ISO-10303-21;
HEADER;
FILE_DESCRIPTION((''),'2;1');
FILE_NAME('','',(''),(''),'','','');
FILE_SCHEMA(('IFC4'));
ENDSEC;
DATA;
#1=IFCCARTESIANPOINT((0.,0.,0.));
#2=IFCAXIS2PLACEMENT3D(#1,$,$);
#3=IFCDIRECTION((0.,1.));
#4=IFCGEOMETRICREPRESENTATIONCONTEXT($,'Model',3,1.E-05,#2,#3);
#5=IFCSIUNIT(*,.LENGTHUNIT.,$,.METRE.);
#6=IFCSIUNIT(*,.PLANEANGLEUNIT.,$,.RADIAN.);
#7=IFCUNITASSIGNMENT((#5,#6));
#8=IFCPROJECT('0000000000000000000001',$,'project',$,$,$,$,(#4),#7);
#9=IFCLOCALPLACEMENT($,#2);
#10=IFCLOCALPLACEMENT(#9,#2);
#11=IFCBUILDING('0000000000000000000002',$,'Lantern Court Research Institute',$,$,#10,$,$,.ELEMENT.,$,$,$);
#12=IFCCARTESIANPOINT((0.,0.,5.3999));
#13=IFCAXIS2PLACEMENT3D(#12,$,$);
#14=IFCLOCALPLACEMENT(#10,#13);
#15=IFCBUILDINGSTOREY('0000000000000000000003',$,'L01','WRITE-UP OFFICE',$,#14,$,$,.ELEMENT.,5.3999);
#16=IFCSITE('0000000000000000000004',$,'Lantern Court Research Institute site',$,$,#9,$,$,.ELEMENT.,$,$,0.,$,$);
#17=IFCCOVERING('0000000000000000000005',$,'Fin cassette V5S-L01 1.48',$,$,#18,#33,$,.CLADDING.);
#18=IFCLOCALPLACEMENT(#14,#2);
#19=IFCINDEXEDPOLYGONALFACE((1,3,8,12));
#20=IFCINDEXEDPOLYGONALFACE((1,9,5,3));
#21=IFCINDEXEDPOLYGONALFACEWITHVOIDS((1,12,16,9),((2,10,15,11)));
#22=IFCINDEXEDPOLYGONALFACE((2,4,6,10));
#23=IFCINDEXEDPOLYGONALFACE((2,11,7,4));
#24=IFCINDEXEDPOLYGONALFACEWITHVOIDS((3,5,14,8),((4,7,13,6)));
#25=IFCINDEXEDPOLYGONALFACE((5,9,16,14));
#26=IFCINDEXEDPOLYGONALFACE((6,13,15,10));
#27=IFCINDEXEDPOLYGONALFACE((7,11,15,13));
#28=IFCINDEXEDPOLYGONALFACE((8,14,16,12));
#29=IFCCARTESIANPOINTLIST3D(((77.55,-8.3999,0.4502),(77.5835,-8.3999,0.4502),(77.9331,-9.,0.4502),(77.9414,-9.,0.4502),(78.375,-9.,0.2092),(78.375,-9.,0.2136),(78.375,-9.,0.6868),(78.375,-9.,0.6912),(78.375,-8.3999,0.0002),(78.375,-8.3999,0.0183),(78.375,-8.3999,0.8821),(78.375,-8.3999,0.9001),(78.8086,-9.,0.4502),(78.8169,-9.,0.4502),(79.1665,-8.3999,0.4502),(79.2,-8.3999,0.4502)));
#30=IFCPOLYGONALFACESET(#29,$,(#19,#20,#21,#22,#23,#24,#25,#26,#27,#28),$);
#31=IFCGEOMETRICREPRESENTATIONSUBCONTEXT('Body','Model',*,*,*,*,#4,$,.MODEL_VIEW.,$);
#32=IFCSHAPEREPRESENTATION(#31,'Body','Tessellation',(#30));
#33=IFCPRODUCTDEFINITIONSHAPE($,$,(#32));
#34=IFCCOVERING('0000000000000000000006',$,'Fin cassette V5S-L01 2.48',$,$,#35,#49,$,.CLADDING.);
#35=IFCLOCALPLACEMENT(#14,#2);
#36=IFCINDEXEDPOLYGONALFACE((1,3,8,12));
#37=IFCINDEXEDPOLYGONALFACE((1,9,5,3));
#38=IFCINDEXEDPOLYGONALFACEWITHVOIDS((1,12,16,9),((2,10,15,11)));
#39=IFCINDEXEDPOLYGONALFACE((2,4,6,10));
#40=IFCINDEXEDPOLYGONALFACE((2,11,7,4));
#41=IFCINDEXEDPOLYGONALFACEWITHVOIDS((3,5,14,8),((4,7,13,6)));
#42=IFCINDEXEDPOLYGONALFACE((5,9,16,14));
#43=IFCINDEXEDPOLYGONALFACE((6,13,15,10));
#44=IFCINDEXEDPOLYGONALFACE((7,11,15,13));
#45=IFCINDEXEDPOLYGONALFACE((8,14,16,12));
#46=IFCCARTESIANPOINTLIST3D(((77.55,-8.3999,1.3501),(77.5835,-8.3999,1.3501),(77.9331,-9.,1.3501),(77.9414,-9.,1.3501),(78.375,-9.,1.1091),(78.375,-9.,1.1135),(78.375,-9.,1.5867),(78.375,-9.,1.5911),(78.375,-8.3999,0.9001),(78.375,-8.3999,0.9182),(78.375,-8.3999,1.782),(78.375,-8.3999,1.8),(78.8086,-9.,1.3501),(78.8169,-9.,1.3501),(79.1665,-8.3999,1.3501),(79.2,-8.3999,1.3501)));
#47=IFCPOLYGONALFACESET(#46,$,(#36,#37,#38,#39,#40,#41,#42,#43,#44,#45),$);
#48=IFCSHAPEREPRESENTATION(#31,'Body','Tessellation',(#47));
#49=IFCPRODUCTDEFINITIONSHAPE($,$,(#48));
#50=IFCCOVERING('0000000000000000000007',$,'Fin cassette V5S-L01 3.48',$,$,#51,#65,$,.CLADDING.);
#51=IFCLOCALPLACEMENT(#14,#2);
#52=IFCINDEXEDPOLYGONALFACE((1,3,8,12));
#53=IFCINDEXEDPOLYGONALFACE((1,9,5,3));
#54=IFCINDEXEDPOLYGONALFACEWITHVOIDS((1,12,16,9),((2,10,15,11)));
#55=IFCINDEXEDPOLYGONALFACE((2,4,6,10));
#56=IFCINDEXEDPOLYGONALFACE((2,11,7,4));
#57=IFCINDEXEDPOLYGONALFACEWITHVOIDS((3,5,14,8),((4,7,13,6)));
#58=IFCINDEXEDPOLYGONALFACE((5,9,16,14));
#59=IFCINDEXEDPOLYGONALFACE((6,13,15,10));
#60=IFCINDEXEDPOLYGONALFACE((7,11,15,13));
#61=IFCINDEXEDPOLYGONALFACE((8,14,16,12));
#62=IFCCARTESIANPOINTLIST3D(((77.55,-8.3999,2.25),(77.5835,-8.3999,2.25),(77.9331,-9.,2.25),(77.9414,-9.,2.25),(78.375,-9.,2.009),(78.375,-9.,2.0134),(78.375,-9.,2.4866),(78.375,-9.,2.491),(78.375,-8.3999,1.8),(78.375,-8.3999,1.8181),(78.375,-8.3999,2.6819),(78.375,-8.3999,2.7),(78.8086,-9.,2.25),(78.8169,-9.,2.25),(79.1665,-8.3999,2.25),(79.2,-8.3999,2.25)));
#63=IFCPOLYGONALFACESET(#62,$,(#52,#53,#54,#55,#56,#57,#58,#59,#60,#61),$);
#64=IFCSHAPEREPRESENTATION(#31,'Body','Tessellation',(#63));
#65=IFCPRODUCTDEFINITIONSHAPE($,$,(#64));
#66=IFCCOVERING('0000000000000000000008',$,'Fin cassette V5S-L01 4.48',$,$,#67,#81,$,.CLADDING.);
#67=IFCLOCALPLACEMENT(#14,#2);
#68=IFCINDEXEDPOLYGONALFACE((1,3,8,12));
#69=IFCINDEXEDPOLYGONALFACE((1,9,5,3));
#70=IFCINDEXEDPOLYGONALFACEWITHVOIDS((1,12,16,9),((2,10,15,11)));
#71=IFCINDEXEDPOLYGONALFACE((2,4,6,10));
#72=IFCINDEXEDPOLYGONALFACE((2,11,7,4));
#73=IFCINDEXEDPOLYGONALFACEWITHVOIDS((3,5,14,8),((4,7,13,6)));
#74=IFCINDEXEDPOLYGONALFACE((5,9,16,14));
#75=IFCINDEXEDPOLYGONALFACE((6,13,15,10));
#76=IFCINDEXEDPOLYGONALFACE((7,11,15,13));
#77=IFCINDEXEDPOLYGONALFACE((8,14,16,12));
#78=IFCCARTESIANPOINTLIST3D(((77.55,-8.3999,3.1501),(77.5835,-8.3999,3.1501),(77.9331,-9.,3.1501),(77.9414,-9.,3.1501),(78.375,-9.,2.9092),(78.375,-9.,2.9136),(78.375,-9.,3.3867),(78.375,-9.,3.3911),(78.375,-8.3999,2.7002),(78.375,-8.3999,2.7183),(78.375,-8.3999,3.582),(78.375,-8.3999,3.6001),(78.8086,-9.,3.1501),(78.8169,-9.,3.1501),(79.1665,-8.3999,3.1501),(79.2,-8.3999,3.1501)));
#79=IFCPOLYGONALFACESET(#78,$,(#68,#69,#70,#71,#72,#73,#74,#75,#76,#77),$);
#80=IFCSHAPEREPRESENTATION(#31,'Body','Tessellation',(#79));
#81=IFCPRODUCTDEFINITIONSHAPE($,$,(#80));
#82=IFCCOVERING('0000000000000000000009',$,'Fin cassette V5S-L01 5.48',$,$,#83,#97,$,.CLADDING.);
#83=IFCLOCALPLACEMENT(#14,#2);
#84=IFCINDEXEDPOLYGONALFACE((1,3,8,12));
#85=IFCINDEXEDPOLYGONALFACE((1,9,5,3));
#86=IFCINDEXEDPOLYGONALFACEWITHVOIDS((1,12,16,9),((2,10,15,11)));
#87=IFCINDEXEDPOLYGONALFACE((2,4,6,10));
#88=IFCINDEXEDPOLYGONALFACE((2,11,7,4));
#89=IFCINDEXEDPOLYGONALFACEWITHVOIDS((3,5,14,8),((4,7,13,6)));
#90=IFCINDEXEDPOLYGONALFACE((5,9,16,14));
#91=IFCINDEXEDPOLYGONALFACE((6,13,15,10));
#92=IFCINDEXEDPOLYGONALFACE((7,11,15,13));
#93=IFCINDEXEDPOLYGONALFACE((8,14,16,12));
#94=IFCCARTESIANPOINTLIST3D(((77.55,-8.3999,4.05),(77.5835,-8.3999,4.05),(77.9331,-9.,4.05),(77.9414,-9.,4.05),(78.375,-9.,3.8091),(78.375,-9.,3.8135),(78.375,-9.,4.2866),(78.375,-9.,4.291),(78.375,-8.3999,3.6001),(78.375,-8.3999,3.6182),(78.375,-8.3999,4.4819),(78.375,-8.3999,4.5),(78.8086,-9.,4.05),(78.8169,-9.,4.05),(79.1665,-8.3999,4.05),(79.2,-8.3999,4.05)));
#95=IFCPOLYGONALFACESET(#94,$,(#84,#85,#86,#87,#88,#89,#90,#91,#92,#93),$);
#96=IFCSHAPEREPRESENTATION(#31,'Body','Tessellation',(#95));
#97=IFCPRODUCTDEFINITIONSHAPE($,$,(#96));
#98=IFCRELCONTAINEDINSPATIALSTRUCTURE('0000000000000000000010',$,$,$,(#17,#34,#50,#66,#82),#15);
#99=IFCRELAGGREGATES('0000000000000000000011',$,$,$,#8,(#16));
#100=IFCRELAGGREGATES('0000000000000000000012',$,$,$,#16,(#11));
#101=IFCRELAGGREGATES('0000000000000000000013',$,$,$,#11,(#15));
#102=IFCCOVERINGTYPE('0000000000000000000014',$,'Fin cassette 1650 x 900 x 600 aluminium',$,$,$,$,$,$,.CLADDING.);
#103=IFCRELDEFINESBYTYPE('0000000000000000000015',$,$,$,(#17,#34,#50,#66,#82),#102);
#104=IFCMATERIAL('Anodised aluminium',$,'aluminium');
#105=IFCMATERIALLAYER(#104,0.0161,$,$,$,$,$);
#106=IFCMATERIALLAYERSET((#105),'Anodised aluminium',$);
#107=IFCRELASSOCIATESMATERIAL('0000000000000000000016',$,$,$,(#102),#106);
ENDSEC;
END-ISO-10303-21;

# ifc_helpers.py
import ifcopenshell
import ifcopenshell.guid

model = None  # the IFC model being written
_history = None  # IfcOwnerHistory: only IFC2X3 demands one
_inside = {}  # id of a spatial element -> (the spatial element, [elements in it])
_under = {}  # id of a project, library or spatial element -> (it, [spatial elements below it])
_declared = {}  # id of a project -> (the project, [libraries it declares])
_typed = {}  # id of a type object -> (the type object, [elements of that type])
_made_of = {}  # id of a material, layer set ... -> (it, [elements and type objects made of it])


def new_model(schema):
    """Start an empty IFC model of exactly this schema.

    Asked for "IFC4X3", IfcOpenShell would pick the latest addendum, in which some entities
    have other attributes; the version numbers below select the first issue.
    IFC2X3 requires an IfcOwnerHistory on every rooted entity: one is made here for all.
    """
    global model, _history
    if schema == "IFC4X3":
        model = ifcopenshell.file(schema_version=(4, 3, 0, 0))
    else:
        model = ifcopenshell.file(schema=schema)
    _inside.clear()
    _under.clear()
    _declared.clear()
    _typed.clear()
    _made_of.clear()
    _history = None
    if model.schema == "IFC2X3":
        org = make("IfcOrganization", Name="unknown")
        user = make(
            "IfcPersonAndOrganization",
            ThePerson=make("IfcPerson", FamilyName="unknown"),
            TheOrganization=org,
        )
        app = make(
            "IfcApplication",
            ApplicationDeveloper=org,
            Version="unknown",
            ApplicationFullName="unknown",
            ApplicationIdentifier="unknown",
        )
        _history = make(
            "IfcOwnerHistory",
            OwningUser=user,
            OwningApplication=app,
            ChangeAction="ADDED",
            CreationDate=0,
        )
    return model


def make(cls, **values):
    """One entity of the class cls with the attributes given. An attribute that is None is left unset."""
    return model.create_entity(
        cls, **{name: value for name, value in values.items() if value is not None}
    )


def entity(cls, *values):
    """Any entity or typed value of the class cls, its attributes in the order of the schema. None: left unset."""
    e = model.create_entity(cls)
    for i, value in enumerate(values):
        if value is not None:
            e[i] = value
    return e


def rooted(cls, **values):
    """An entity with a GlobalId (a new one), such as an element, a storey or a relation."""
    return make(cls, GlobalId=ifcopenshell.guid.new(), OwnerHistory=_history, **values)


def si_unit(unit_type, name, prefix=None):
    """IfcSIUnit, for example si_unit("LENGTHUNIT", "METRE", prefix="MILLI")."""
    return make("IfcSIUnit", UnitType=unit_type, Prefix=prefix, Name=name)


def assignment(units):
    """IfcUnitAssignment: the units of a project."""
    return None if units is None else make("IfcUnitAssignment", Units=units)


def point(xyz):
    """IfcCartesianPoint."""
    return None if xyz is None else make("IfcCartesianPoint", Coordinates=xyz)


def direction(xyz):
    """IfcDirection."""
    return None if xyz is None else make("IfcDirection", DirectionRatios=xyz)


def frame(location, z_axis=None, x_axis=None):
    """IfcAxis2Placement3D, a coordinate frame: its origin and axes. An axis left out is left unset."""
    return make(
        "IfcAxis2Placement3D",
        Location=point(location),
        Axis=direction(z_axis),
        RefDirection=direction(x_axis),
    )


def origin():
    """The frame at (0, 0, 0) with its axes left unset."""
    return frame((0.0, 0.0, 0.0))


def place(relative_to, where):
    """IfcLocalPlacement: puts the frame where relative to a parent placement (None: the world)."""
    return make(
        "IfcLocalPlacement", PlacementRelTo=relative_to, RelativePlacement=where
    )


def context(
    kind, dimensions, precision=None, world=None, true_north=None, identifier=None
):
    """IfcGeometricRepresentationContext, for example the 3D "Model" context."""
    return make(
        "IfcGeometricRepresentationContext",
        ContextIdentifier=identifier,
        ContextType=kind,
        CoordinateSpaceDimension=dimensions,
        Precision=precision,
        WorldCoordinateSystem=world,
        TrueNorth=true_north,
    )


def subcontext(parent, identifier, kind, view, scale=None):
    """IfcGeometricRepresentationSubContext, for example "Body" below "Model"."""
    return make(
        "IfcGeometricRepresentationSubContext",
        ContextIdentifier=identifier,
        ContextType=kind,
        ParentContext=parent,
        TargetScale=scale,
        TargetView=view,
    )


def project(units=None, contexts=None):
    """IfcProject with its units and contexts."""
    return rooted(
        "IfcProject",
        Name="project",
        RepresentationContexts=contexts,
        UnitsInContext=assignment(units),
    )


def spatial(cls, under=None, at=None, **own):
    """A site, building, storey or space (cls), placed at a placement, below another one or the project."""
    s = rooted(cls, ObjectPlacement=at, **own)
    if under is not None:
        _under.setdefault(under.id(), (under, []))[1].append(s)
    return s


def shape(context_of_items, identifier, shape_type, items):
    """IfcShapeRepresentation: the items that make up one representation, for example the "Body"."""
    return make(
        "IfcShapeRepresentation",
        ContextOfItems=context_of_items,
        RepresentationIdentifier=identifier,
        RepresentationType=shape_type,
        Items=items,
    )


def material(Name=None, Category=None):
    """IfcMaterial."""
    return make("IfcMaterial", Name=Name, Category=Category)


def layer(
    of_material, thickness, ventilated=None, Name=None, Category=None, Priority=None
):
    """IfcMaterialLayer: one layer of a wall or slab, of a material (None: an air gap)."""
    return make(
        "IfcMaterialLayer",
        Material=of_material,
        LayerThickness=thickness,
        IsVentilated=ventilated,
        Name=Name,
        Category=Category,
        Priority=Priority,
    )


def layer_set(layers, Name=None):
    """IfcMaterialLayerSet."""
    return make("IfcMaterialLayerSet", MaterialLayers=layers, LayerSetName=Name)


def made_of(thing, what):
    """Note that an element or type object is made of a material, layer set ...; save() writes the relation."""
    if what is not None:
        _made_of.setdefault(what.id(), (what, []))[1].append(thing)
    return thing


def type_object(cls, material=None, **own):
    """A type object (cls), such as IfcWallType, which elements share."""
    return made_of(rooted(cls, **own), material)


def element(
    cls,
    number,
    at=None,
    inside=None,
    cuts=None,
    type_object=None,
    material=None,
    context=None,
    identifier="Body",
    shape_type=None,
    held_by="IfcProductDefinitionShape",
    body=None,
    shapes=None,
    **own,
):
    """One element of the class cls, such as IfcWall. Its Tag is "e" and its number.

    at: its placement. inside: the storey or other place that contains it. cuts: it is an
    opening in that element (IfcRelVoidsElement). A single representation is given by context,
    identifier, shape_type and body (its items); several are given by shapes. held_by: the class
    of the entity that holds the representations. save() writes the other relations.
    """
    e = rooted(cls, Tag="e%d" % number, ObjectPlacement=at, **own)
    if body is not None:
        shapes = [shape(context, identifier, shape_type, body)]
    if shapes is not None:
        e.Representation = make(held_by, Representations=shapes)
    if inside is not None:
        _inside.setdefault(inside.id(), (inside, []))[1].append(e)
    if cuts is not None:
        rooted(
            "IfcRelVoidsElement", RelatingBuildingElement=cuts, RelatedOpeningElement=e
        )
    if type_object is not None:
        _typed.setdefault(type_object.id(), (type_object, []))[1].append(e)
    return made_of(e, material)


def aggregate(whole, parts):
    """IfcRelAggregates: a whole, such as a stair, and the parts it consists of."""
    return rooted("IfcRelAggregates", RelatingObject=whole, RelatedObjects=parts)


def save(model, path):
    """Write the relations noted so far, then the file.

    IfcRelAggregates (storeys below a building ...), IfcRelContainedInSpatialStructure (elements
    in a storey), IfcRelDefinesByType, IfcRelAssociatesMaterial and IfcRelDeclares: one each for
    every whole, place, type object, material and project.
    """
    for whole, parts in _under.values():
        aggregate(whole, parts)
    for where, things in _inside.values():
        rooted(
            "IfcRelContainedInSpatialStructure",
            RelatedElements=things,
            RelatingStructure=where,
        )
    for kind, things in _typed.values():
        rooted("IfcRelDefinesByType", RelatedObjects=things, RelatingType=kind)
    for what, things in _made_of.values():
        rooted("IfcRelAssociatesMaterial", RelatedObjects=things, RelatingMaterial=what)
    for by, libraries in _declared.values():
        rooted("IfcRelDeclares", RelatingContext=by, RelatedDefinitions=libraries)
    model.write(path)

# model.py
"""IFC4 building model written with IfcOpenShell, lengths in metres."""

from ifc_helpers import new_model, entity, si_unit, direction, frame, origin, place, context, subcontext, project, spatial, material, layer, layer_set, type_object, element, save


model = new_model("IFC4")

# Units and contexts
model_context = context("Model", 3, precision=1e-05, world=origin(), true_north=direction((0.0, 1.0)))
body_context = subcontext(model_context, "Body", "Model", "MODEL_VIEW")
ifc_project = project(units=[si_unit("LENGTHUNIT", "METRE"), si_unit("PLANEANGLEUNIT", "RADIAN")], contexts=[model_context])

# Site, building, storey
site_placement = place(None, origin())
site = spatial("IfcSite", under=ifc_project, at=site_placement, Name="Lantern Court Research Institute site", CompositionType="ELEMENT", RefElevation=0.0)
building_placement = place(site_placement, origin())
building = spatial("IfcBuilding", under=site, at=building_placement, Name="Lantern Court Research Institute", CompositionType="ELEMENT")
storey_placement = place(building_placement, frame((0.0, 0.0, 5.3999)))
storey = spatial("IfcBuildingStorey", under=building, at=storey_placement, Name="L01", Description="WRITE-UP OFFICE", CompositionType="ELEMENT", Elevation=5.3999)

# Coverings
ifc_material_1 = material(Name="Anodised aluminium", Category="aluminium")
ifc_layer_1 = layer(ifc_material_1, 0.0161)
ifc_layer_set_1 = layer_set([ifc_layer_1], Name="Anodised aluminium")
covering_type = type_object("IfcCoveringType", Name="Fin cassette 1650 x 900 x 600 aluminium", PredefinedType="CLADDING", material=ifc_layer_set_1)
covering_1_placement = place(storey_placement, frame((78.375, -8.3999, 0.4502), z_axis=(0.0, -1.0, 0.0), x_axis=(1.0, 0.0, 0.0)))
cartesian_point_1 = entity("IfcCartesianPoint", [0.825, 0.0])
cartesian_point_2 = entity("IfcCartesianPoint", [0.7915, 0.0])
cartesian_point_3 = entity("IfcCartesianPoint", [0.4419, 0.0])
cartesian_point_4 = entity("IfcCartesianPoint", [0.4336, 0.0])
element("IfcCovering", 1, at=covering_1_placement, inside=storey, type_object=covering_type, Name="Fin cassette V5S-L01 1.48", PredefinedType="CLADDING", context=body_context, shape_type="SweptSolid", body=[
    entity("IfcExtrudedAreaSolidTapered", entity("IfcArbitraryProfileDefWithVoids", "AREA", None, entity("IfcPolyline", [cartesian_point_1, entity("IfcCartesianPoint", [0.0, 0.45]), entity("IfcCartesianPoint", [-0.825, 0.0]), entity("IfcCartesianPoint", [0.0, -0.45]), cartesian_point_1]), [entity("IfcPolyline", [cartesian_point_2, entity("IfcCartesianPoint", [0.0, 0.4319]), entity("IfcCartesianPoint", [-0.7915, 0.0]), entity("IfcCartesianPoint", [0.0, -0.4319]), cartesian_point_2])]), entity("IfcAxis2Placement3D", entity("IfcCartesianPoint", [0.0, 0.0, 0.0])), entity("IfcDirection", [0.0, 0.0, 1.0]), 0.6001, entity("IfcArbitraryProfileDefWithVoids", "AREA", None, entity("IfcPolyline", [cartesian_point_3, entity("IfcCartesianPoint", [0.0, 0.241]), entity("IfcCartesianPoint", [-0.4419, 0.0]), entity("IfcCartesianPoint", [0.0, -0.241]), cartesian_point_3]), [entity("IfcPolyline", [cartesian_point_4, entity("IfcCartesianPoint", [0.0, 0.2366]), entity("IfcCartesianPoint", [-0.4336, 0.0]), entity("IfcCartesianPoint", [0.0, -0.2366]), cartesian_point_4])])),
])
covering_2_placement = place(storey_placement, frame((78.375, -8.3999, 1.3501), z_axis=(0.0, -1.0, 0.0), x_axis=(1.0, 0.0, 0.0)))
cartesian_point_5 = entity("IfcCartesianPoint", [0.825, 0.0])
cartesian_point_6 = entity("IfcCartesianPoint", [0.7915, 0.0])
cartesian_point_7 = entity("IfcCartesianPoint", [0.4419, 0.0])
cartesian_point_8 = entity("IfcCartesianPoint", [0.4336, 0.0])
element("IfcCovering", 2, at=covering_2_placement, inside=storey, type_object=covering_type, Name="Fin cassette V5S-L01 2.48", PredefinedType="CLADDING", context=body_context, shape_type="SweptSolid", body=[
    entity("IfcExtrudedAreaSolidTapered", entity("IfcArbitraryProfileDefWithVoids", "AREA", None, entity("IfcPolyline", [cartesian_point_5, entity("IfcCartesianPoint", [0.0, 0.45]), entity("IfcCartesianPoint", [-0.825, 0.0]), entity("IfcCartesianPoint", [0.0, -0.45]), cartesian_point_5]), [entity("IfcPolyline", [cartesian_point_6, entity("IfcCartesianPoint", [0.0, 0.4319]), entity("IfcCartesianPoint", [-0.7915, 0.0]), entity("IfcCartesianPoint", [0.0, -0.4319]), cartesian_point_6])]), entity("IfcAxis2Placement3D", entity("IfcCartesianPoint", [0.0, 0.0, 0.0])), entity("IfcDirection", [0.0, 0.0, 1.0]), 0.6001, entity("IfcArbitraryProfileDefWithVoids", "AREA", None, entity("IfcPolyline", [cartesian_point_7, entity("IfcCartesianPoint", [0.0, 0.241]), entity("IfcCartesianPoint", [-0.4419, 0.0]), entity("IfcCartesianPoint", [0.0, -0.241]), cartesian_point_7]), [entity("IfcPolyline", [cartesian_point_8, entity("IfcCartesianPoint", [0.0, 0.2366]), entity("IfcCartesianPoint", [-0.4336, 0.0]), entity("IfcCartesianPoint", [0.0, -0.2366]), cartesian_point_8])])),
])
covering_3_placement = place(storey_placement, frame((78.375, -8.3999, 2.25), z_axis=(0.0, -1.0, 0.0), x_axis=(1.0, 0.0, 0.0)))
cartesian_point_9 = entity("IfcCartesianPoint", [0.825, 0.0])
cartesian_point_10 = entity("IfcCartesianPoint", [0.7915, 0.0])
cartesian_point_11 = entity("IfcCartesianPoint", [0.4419, 0.0])
cartesian_point_12 = entity("IfcCartesianPoint", [0.4336, 0.0])
element("IfcCovering", 3, at=covering_3_placement, inside=storey, type_object=covering_type, Name="Fin cassette V5S-L01 3.48", PredefinedType="CLADDING", context=body_context, shape_type="SweptSolid", body=[
    entity("IfcExtrudedAreaSolidTapered", entity("IfcArbitraryProfileDefWithVoids", "AREA", None, entity("IfcPolyline", [cartesian_point_9, entity("IfcCartesianPoint", [0.0, 0.45]), entity("IfcCartesianPoint", [-0.825, 0.0]), entity("IfcCartesianPoint", [0.0, -0.45]), cartesian_point_9]), [entity("IfcPolyline", [cartesian_point_10, entity("IfcCartesianPoint", [0.0, 0.4319]), entity("IfcCartesianPoint", [-0.7915, 0.0]), entity("IfcCartesianPoint", [0.0, -0.4319]), cartesian_point_10])]), entity("IfcAxis2Placement3D", entity("IfcCartesianPoint", [0.0, 0.0, 0.0])), entity("IfcDirection", [0.0, 0.0, 1.0]), 0.6001, entity("IfcArbitraryProfileDefWithVoids", "AREA", None, entity("IfcPolyline", [cartesian_point_11, entity("IfcCartesianPoint", [0.0, 0.241]), entity("IfcCartesianPoint", [-0.4419, 0.0]), entity("IfcCartesianPoint", [0.0, -0.241]), cartesian_point_11]), [entity("IfcPolyline", [cartesian_point_12, entity("IfcCartesianPoint", [0.0, 0.2366]), entity("IfcCartesianPoint", [-0.4336, 0.0]), entity("IfcCartesianPoint", [0.0, -0.2366]), cartesian_point_12])])),
])
covering_4_placement = place(storey_placement, frame((78.375, -8.3999, 3.1501), z_axis=(0.0, -1.0, 0.0), x_axis=(1.0, 0.0, 0.0)))
cartesian_point_13 = entity("IfcCartesianPoint", [0.825, 0.0])
cartesian_point_14 = entity("IfcCartesianPoint", [0.7915, 0.0])
cartesian_point_15 = entity("IfcCartesianPoint", [0.4419, 0.0])
cartesian_point_16 = entity("IfcCartesianPoint", [0.4336, 0.0])
element("IfcCovering", 4, at=covering_4_placement, inside=storey, type_object=covering_type, Name="Fin cassette V5S-L01 4.48", PredefinedType="CLADDING", context=body_context, shape_type="SweptSolid", body=[
    entity("IfcExtrudedAreaSolidTapered", entity("IfcArbitraryProfileDefWithVoids", "AREA", None, entity("IfcPolyline", [cartesian_point_13, entity("IfcCartesianPoint", [0.0, 0.45]), entity("IfcCartesianPoint", [-0.825, 0.0]), entity("IfcCartesianPoint", [0.0, -0.45]), cartesian_point_13]), [entity("IfcPolyline", [cartesian_point_14, entity("IfcCartesianPoint", [0.0, 0.4319]), entity("IfcCartesianPoint", [-0.7915, 0.0]), entity("IfcCartesianPoint", [0.0, -0.4319]), cartesian_point_14])]), entity("IfcAxis2Placement3D", entity("IfcCartesianPoint", [0.0, 0.0, 0.0])), entity("IfcDirection", [0.0, 0.0, 1.0]), 0.6001, entity("IfcArbitraryProfileDefWithVoids", "AREA", None, entity("IfcPolyline", [cartesian_point_15, entity("IfcCartesianPoint", [0.0, 0.241]), entity("IfcCartesianPoint", [-0.4419, 0.0]), entity("IfcCartesianPoint", [0.0, -0.241]), cartesian_point_15]), [entity("IfcPolyline", [cartesian_point_16, entity("IfcCartesianPoint", [0.0, 0.2366]), entity("IfcCartesianPoint", [-0.4336, 0.0]), entity("IfcCartesianPoint", [0.0, -0.2366]), cartesian_point_16])])),
])
covering_5_placement = place(storey_placement, frame((78.375, -8.3999, 4.05), z_axis=(0.0, -1.0, 0.0), x_axis=(1.0, 0.0, 0.0)))
cartesian_point_17 = entity("IfcCartesianPoint", [0.825, 0.0])
cartesian_point_18 = entity("IfcCartesianPoint", [0.7915, 0.0])
cartesian_point_19 = entity("IfcCartesianPoint", [0.4419, 0.0])
cartesian_point_20 = entity("IfcCartesianPoint", [0.4336, 0.0])
element("IfcCovering", 5, at=covering_5_placement, inside=storey, type_object=covering_type, Name="Fin cassette V5S-L01 5.48", PredefinedType="CLADDING", context=body_context, shape_type="SweptSolid", body=[
    entity("IfcExtrudedAreaSolidTapered", entity("IfcArbitraryProfileDefWithVoids", "AREA", None, entity("IfcPolyline", [cartesian_point_17, entity("IfcCartesianPoint", [0.0, 0.45]), entity("IfcCartesianPoint", [-0.825, 0.0]), entity("IfcCartesianPoint", [0.0, -0.45]), cartesian_point_17]), [entity("IfcPolyline", [cartesian_point_18, entity("IfcCartesianPoint", [0.0, 0.4319]), entity("IfcCartesianPoint", [-0.7915, 0.0]), entity("IfcCartesianPoint", [0.0, -0.4319]), cartesian_point_18])]), entity("IfcAxis2Placement3D", entity("IfcCartesianPoint", [0.0, 0.0, 0.0])), entity("IfcDirection", [0.0, 0.0, 1.0]), 0.6001, entity("IfcArbitraryProfileDefWithVoids", "AREA", None, entity("IfcPolyline", [cartesian_point_19, entity("IfcCartesianPoint", [0.0, 0.241]), entity("IfcCartesianPoint", [-0.4419, 0.0]), entity("IfcCartesianPoint", [0.0, -0.241]), cartesian_point_19]), [entity("IfcPolyline", [cartesian_point_20, entity("IfcCartesianPoint", [0.0, 0.2366]), entity("IfcCartesianPoint", [-0.4336, 0.0]), entity("IfcCartesianPoint", [0.0, -0.2366]), cartesian_point_20])])),
])

save(model, "model.ifc")
